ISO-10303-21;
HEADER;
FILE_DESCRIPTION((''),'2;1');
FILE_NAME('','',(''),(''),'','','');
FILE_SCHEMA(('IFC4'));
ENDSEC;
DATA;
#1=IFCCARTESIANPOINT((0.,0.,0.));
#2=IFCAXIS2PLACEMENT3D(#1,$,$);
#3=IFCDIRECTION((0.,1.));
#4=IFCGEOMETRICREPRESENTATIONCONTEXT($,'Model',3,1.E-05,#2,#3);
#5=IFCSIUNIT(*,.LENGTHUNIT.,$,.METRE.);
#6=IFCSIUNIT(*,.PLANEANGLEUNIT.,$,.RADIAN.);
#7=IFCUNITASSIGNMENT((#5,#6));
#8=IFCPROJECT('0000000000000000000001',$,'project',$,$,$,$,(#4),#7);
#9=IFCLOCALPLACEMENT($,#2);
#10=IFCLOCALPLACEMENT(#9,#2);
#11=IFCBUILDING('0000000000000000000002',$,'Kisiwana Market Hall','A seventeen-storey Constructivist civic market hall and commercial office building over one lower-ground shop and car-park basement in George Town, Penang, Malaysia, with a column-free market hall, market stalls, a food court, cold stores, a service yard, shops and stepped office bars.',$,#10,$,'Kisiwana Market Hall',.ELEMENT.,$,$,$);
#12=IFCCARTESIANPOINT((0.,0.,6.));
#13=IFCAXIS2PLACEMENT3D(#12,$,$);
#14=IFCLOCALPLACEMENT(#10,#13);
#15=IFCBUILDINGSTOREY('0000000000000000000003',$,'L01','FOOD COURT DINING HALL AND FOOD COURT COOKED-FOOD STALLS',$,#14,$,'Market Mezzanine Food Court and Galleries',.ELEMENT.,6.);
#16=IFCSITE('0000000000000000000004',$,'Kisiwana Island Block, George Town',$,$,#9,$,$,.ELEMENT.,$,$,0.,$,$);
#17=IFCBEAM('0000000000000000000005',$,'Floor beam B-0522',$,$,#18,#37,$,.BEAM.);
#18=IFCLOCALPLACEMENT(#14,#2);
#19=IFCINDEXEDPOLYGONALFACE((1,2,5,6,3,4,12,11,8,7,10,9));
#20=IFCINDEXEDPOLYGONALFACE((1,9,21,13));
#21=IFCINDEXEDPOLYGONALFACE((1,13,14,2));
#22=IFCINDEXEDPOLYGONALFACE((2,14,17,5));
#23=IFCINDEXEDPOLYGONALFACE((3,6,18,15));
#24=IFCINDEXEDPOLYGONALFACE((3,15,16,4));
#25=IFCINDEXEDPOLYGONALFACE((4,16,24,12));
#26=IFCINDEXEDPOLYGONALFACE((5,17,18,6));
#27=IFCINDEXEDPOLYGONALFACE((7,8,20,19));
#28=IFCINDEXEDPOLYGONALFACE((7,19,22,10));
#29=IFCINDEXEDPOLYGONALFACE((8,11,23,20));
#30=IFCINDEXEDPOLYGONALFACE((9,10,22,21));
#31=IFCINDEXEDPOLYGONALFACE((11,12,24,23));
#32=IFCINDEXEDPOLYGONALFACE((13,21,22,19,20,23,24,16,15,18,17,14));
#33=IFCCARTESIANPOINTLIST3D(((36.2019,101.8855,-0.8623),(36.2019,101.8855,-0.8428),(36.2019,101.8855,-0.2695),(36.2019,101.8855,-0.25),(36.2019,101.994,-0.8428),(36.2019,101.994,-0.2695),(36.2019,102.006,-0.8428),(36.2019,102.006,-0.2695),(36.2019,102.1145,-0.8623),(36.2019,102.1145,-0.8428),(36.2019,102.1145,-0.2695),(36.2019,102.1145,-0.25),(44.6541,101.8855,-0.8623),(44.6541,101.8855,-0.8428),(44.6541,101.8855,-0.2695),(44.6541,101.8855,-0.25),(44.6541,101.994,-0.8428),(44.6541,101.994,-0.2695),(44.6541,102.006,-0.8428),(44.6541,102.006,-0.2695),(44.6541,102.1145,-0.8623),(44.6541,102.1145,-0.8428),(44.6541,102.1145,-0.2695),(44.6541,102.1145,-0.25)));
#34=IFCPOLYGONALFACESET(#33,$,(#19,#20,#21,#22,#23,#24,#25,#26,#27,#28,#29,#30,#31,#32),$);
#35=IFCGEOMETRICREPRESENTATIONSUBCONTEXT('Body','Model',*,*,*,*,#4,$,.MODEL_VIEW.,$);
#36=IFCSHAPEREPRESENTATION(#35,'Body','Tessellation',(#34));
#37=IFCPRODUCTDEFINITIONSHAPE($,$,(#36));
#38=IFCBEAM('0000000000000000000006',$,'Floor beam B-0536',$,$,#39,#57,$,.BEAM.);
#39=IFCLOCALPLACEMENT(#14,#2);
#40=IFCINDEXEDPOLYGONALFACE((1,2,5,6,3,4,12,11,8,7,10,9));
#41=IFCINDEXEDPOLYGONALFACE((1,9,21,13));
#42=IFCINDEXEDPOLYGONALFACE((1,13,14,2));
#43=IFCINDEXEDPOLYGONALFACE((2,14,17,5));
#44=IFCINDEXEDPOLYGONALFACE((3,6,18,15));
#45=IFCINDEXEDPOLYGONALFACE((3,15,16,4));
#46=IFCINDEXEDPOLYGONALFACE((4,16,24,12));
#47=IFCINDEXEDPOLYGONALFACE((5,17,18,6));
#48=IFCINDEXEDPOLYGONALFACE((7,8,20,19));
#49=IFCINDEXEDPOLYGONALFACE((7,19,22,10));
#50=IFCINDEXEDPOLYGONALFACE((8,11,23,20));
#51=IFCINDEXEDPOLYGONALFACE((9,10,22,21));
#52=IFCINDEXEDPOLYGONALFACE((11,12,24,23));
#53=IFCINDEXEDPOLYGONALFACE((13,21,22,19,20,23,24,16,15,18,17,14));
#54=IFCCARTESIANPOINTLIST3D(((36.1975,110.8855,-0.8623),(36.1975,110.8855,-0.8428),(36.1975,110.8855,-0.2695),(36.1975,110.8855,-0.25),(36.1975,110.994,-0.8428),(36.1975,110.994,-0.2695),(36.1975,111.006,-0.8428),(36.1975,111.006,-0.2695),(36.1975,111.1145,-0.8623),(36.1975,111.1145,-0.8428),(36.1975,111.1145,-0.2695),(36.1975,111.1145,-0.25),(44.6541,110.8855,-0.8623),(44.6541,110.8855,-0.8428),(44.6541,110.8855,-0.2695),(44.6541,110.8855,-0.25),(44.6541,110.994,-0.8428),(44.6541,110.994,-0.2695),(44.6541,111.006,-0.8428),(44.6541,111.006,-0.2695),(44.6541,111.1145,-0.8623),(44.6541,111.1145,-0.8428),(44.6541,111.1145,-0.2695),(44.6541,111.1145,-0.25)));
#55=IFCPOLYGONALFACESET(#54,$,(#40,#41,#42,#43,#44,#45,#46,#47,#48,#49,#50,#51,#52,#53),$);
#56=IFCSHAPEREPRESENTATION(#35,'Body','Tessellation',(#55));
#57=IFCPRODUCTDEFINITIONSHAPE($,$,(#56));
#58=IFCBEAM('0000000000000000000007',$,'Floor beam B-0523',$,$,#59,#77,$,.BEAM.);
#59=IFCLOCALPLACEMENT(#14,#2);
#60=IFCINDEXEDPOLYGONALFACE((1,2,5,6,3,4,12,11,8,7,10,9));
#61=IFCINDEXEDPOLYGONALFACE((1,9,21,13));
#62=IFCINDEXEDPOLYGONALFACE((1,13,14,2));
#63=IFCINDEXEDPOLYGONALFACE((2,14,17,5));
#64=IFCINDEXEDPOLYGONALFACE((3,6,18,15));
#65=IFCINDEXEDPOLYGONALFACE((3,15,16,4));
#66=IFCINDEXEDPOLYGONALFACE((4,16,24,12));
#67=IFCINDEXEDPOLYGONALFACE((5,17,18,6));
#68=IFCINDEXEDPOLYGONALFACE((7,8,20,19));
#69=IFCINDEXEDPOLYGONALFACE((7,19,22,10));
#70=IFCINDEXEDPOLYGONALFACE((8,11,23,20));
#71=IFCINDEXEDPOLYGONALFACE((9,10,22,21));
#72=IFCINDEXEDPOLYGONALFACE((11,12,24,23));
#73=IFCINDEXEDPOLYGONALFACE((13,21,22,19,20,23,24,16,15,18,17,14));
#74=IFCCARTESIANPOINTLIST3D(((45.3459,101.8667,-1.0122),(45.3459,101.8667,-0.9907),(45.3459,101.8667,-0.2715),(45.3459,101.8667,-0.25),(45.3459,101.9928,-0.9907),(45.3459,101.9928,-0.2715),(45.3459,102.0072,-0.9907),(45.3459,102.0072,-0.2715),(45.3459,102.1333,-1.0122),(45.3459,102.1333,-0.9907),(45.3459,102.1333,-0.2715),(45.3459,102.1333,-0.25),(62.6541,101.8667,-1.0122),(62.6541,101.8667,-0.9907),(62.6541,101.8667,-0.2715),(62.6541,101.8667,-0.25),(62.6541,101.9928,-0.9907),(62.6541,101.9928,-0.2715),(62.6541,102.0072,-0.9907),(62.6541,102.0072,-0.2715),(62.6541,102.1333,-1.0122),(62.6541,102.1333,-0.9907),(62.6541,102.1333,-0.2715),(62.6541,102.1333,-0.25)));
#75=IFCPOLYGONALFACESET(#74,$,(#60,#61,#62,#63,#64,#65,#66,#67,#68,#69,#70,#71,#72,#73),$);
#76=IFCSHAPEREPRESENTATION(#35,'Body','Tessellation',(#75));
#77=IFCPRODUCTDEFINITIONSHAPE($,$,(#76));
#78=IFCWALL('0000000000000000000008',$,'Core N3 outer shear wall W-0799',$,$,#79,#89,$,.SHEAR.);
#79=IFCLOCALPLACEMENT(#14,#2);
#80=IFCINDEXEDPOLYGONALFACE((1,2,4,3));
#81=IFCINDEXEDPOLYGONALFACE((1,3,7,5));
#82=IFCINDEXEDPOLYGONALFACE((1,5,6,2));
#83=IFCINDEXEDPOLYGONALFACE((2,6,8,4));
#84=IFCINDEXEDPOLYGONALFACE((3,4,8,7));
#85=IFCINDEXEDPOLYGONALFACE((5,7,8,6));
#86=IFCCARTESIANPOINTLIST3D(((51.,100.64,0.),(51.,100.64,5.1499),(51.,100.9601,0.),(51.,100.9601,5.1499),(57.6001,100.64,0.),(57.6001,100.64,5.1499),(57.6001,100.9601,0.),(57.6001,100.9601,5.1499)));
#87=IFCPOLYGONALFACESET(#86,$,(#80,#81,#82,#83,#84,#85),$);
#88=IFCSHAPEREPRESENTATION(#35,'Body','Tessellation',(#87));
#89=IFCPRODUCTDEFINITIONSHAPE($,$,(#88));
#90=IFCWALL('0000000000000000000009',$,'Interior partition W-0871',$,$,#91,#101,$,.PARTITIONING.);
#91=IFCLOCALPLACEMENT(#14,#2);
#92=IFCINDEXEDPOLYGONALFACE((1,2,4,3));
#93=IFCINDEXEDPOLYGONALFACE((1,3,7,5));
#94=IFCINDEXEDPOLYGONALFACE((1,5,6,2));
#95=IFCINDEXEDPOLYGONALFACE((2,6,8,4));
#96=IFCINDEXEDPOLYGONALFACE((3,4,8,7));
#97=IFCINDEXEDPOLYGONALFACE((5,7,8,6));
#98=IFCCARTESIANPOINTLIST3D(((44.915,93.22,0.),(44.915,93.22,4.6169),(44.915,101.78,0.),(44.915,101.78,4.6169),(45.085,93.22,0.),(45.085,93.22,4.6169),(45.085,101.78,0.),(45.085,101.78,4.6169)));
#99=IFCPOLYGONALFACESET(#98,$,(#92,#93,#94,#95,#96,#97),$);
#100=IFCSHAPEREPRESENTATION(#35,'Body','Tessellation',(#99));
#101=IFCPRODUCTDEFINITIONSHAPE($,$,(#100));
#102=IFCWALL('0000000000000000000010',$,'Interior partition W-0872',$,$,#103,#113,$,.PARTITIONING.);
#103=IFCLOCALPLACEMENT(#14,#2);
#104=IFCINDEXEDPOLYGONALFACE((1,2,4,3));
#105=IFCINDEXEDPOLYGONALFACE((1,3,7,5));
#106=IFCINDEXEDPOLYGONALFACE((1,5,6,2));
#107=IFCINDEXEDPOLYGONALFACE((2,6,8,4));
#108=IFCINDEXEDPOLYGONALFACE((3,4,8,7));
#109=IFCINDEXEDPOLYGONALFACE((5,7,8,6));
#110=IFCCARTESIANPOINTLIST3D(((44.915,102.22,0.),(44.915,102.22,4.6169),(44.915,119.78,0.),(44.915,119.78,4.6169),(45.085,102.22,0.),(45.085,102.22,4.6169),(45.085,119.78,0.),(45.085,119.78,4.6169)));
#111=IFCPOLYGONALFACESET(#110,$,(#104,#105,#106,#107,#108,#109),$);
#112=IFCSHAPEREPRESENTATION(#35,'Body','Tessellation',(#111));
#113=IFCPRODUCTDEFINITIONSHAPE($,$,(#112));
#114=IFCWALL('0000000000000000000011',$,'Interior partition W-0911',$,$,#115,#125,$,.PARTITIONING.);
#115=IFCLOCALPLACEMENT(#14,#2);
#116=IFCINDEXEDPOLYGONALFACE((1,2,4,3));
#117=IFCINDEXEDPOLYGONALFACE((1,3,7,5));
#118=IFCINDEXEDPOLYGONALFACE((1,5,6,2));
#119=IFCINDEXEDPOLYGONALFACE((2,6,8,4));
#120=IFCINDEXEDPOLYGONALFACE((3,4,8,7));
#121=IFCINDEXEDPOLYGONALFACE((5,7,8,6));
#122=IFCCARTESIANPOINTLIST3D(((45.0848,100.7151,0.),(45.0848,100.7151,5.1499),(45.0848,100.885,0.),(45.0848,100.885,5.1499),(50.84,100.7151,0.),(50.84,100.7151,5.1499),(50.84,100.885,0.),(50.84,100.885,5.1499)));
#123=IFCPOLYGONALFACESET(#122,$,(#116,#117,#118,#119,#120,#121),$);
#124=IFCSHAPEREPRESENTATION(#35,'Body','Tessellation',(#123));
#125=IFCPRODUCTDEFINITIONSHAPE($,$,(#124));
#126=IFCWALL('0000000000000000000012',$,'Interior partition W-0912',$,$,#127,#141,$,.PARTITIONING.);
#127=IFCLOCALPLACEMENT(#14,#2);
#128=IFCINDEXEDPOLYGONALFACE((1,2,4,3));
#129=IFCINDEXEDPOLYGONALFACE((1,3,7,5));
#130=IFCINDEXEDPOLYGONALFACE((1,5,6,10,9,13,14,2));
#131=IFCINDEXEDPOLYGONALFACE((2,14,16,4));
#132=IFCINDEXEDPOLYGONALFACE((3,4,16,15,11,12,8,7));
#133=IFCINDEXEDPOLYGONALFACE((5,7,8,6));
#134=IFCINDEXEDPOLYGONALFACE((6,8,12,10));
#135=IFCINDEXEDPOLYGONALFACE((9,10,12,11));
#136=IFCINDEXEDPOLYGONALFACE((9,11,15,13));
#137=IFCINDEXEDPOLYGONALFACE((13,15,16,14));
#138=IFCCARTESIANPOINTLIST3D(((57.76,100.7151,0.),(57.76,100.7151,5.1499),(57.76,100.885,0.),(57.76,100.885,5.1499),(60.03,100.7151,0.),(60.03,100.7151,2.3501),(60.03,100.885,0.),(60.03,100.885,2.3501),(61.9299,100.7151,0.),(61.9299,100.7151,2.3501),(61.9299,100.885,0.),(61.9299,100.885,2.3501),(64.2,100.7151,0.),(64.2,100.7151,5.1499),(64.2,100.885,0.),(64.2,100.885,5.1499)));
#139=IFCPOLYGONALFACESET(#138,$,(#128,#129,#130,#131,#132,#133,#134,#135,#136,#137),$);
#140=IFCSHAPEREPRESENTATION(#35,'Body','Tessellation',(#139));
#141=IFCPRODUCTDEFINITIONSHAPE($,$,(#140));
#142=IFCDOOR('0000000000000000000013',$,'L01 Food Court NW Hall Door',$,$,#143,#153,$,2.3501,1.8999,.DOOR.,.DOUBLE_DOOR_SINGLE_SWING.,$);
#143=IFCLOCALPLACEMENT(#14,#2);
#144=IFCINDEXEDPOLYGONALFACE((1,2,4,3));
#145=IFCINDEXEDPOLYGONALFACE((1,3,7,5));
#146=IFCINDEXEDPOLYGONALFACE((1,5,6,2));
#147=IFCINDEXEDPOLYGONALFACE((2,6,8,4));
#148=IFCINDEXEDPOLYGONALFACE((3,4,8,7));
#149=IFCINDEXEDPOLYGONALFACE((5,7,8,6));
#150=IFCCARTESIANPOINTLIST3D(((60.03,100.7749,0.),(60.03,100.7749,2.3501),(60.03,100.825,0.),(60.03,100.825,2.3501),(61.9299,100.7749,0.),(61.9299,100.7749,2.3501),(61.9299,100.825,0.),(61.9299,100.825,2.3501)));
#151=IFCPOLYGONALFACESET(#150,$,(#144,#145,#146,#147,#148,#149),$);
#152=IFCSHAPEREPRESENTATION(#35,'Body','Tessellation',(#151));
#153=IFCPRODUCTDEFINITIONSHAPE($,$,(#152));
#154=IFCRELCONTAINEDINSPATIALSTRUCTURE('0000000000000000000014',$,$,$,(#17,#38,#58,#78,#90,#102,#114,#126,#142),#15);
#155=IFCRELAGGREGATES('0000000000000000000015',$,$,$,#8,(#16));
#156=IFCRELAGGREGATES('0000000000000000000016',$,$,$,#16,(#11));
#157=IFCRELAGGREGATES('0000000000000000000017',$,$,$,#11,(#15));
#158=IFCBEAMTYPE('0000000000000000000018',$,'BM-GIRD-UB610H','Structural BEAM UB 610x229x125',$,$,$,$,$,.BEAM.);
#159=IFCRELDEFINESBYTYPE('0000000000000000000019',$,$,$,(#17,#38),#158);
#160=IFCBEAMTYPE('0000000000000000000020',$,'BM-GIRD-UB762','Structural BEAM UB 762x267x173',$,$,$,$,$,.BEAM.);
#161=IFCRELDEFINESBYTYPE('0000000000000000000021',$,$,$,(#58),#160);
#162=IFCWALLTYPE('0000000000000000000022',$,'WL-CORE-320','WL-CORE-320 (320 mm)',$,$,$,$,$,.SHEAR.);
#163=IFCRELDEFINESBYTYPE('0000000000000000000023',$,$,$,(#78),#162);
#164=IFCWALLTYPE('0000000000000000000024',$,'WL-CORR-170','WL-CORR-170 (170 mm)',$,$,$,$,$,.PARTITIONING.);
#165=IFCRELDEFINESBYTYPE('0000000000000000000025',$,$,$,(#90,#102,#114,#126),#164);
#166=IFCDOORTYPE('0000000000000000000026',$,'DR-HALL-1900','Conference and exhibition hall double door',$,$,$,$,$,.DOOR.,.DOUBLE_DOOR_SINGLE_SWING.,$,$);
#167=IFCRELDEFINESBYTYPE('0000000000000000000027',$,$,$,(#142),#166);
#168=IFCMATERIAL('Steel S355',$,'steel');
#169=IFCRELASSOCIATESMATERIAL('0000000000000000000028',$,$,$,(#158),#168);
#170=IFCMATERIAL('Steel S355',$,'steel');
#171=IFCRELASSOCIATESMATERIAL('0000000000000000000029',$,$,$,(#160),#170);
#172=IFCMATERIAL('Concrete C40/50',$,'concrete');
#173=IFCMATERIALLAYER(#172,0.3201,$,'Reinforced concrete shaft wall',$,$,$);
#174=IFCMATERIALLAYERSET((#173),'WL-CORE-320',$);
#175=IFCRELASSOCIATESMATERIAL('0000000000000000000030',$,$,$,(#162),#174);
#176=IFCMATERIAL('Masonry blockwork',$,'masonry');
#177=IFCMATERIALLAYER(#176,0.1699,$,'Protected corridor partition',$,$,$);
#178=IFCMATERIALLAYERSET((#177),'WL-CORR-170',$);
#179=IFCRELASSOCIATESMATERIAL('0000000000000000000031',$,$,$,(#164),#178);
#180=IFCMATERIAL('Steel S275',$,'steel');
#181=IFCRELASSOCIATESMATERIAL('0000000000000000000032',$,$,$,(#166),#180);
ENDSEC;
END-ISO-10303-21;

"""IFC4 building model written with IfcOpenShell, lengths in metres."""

from ifc_helpers import new_model, si_unit, direction, frame, frame_2d, origin, origin_2d, place, context, subcontext, project, spatial, rectangle, i_section, extrude, material, layer, layer_set, material_profile, profile_set, type_object, element, fill, save


model = new_model("IFC4")

# Units and contexts
model_context = context("Model", 3, precision=1e-05, world=origin(), true_north=direction((0.0, 1.0)))
body_context = subcontext(model_context, "Body", "Model", "MODEL_VIEW")
ifc_project = project(units=[si_unit("LENGTHUNIT", "METRE"), si_unit("PLANEANGLEUNIT", "RADIAN")], contexts=[model_context])

# Site, building, storey
site_placement = place(None, origin())
site = spatial("IfcSite", under=ifc_project, at=site_placement, Name="Kisiwana Island Block, George Town", CompositionType="ELEMENT", RefElevation=0.0)
building_placement = place(site_placement, origin())
building = spatial("IfcBuilding", under=site, at=building_placement, Name="Kisiwana Market Hall", Description="A seventeen-storey Constructivist civic market hall and commercial office building over one lower-ground shop and car-park basement in George Town, Penang, Malaysia, with a column-free market hall, market stalls, a food court, cold stores, a service yard, shops and stepped office bars.", LongName="Kisiwana Market Hall", CompositionType="ELEMENT")
storey_placement = place(building_placement, frame((0.0, 0.0, 6.0)))
storey = spatial("IfcBuildingStorey", under=building, at=storey_placement, Name="L01", Description="FOOD COURT DINING HALL AND FOOD COURT COOKED-FOOD STALLS", LongName="Market Mezzanine Food Court and Galleries", CompositionType="ELEMENT", Elevation=6.0)

# Beams
ifc_material_1 = material(Name="Steel S355", Category="steel")
ifc_material_profile_1 = material_profile(ifc_material_1, i_section(OverallWidth=0.229, OverallDepth=0.6123, WebThickness=0.012, FlangeThickness=0.0195, at=origin_2d()), Name="UB 610x229x125")
ifc_profile_set_1 = profile_set([ifc_material_profile_1], Name="Steel S355")
beam_type_1 = type_object("IfcBeamType", Name="BM-GIRD-UB610H", Description="Structural BEAM UB 610x229x125", PredefinedType="BEAM", material=ifc_profile_set_1)
beam_1_placement = place(storey_placement, frame((36.2019, 102.0, -0.5562), z_axis=(1.0, 0.0, 0.0), x_axis=(0.0, 1.0, 0.0)))
element("IfcBeam", 1, at=beam_1_placement, inside=storey, type_object=beam_type_1, Name="Floor beam B-0522", PredefinedType="BEAM", context=body_context, shape_type="SweptSolid", body=[
    extrude(i_section(OverallWidth=0.229, OverallDepth=0.6123, WebThickness=0.012, FlangeThickness=0.0195, at=origin_2d()), origin(), (0.0, 0.0, 1.0), 8.4521),
])
beam_2_placement = place(storey_placement, frame((36.1975, 111.0, -0.5562), z_axis=(1.0, 0.0, 0.0), x_axis=(0.0, 1.0, 0.0)))
element("IfcBeam", 2, at=beam_2_placement, inside=storey, type_object=beam_type_1, Name="Floor beam B-0536", PredefinedType="BEAM", context=body_context, shape_type="SweptSolid", body=[
    extrude(i_section(OverallWidth=0.229, OverallDepth=0.6123, WebThickness=0.012, FlangeThickness=0.0195, at=origin_2d()), origin(), (0.0, 0.0, 1.0), 8.4565),
])
ifc_material_2 = material(Name="Steel S355", Category="steel")
ifc_material_profile_2 = material_profile(ifc_material_2, i_section(OverallWidth=0.2666, OverallDepth=0.7622, WebThickness=0.0144, FlangeThickness=0.0215, at=origin_2d()), Name="UB 762x267x173")
ifc_profile_set_2 = profile_set([ifc_material_profile_2], Name="Steel S355")
beam_type_2 = type_object("IfcBeamType", Name="BM-GIRD-UB762", Description="Structural BEAM UB 762x267x173", PredefinedType="BEAM", material=ifc_profile_set_2)
beam_3_placement = place(storey_placement, frame((45.3459, 102.0, -0.6311), z_axis=(1.0, 0.0, 0.0), x_axis=(0.0, 1.0, 0.0)))
element("IfcBeam", 3, at=beam_3_placement, inside=storey, type_object=beam_type_2, Name="Floor beam B-0523", PredefinedType="BEAM", context=body_context, shape_type="SweptSolid", body=[
    extrude(i_section(OverallWidth=0.2666, OverallDepth=0.7622, WebThickness=0.0144, FlangeThickness=0.0215, at=origin_2d()), origin(), (0.0, 0.0, 1.0), 17.3081),
])

# Walls
ifc_material_3 = material(Name="Concrete C40/50", Category="concrete")
ifc_layer_1 = layer(ifc_material_3, 0.3201, Name="Reinforced concrete shaft wall")
ifc_layer_set_1 = layer_set([ifc_layer_1], Name="WL-CORE-320")
wall_type_1 = type_object("IfcWallType", Name="WL-CORE-320", Description="WL-CORE-320 (320 mm)", PredefinedType="SHEAR", material=ifc_layer_set_1)
wall_1_placement = place(storey_placement, frame((51.0, 100.8, 0.0), z_axis=(0.0, 0.0, 1.0), x_axis=(1.0, 0.0, 0.0)))
element("IfcWall", 4, at=wall_1_placement, inside=storey, type_object=wall_type_1, Name="Core N3 outer shear wall W-0799", PredefinedType="SHEAR", context=body_context, shape_type="SweptSolid", body=[
    extrude(rectangle(XDim=6.6001, YDim=0.3201, at=frame_2d((3.3, 0.0))), origin(), (0.0, 0.0, 1.0), 5.1499),
])
ifc_material_4 = material(Name="Masonry blockwork", Category="masonry")
ifc_layer_2 = layer(ifc_material_4, 0.1699, Name="Protected corridor partition")
ifc_layer_set_2 = layer_set([ifc_layer_2], Name="WL-CORR-170")
wall_type_2 = type_object("IfcWallType", Name="WL-CORR-170", Description="WL-CORR-170 (170 mm)", PredefinedType="PARTITIONING", material=ifc_layer_set_2)
wall_2_placement = place(storey_placement, frame((45.0, 93.22, 0.0), z_axis=(0.0, 0.0, 1.0), x_axis=(0.0, 1.0, 0.0)))
element("IfcWall", 5, at=wall_2_placement, inside=storey, type_object=wall_type_2, Name="Interior partition W-0871", PredefinedType="PARTITIONING", context=body_context, shape_type="SweptSolid", body=[
    extrude(rectangle(XDim=8.5601, YDim=0.1699, at=frame_2d((4.28, 0.0))), origin(), (0.0, 0.0, 1.0), 4.6169),
])
wall_3_placement = place(storey_placement, frame((45.0, 102.22, 0.0), z_axis=(0.0, 0.0, 1.0), x_axis=(0.0, 1.0, 0.0)))
element("IfcWall", 6, at=wall_3_placement, inside=storey, type_object=wall_type_2, Name="Interior partition W-0872", PredefinedType="PARTITIONING", context=body_context, shape_type="SweptSolid", body=[
    extrude(rectangle(XDim=17.5601, YDim=0.1699, at=frame_2d((8.78, 0.0))), origin(), (0.0, 0.0, 1.0), 4.6169),
])
wall_4_placement = place(storey_placement, frame((45.085, 100.8, 0.0), z_axis=(0.0, 0.0, 1.0), x_axis=(1.0, 0.0, 0.0)))
element("IfcWall", 7, at=wall_4_placement, inside=storey, type_object=wall_type_2, Name="Interior partition W-0911", PredefinedType="PARTITIONING", context=body_context, shape_type="SweptSolid", body=[
    extrude(rectangle(XDim=5.7551, YDim=0.1699, at=frame_2d((2.8774, 0.0))), origin(), (0.0, 0.0, 1.0), 5.1499),
])

# Wall, opening, door
wall_5_placement = place(storey_placement, frame((57.76, 100.8, 0.0), z_axis=(0.0, 0.0, 1.0), x_axis=(1.0, 0.0, 0.0)))
wall_5 = element("IfcWall", 8, at=wall_5_placement, inside=storey, type_object=wall_type_2, Name="Interior partition W-0912", PredefinedType="PARTITIONING", context=body_context, shape_type="SweptSolid", body=[
    extrude(rectangle(XDim=6.4399, YDim=0.1699, at=frame_2d((3.22, 0.0))), origin(), (0.0, 0.0, 1.0), 5.1499),
])
opening_placement = place(wall_5_placement, frame((2.27, 0.0, 0.0)))
opening = element("IfcOpeningElement", 9, at=opening_placement, cuts=wall_5, PredefinedType="OPENING", context=body_context, shape_type="SweptSolid", body=[
    extrude(rectangle(XDim=1.8999, YDim=2.3501, at=frame_2d((0.95, 1.175))), frame((0.0, 0.0969, 0.0), z_axis=(0.0, -1.0, 0.0), x_axis=(1.0, 0.0, 0.0)), (0.0, 0.0, 1.0), 0.1938),
])
ifc_material_5 = material(Name="Steel S275", Category="steel")
door_type = type_object("IfcDoorType", Name="DR-HALL-1900", Description="Conference and exhibition hall double door", OperationType="DOUBLE_DOOR_SINGLE_SWING", PredefinedType="DOOR", material=ifc_material_5)
door_placement = place(opening_placement, origin())
door = element("IfcDoor", 10, at=door_placement, inside=storey, type_object=door_type, Name="L01 Food Court NW Hall Door", OperationType="DOUBLE_DOOR_SINGLE_SWING", OverallHeight=2.3501, OverallWidth=1.8999, PredefinedType="DOOR", context=body_context, shape_type="SweptSolid", body=[
    extrude(rectangle(XDim=1.8999, YDim=2.3501, at=frame_2d((0.95, 1.175))), frame((0.0, 0.0249, 0.0), z_axis=(0.0, -1.0, 0.0), x_axis=(1.0, 0.0, 0.0)), (0.0, 0.0, 1.0), 0.05),
])
fill(opening, door)

save(model, "model.ifc")
